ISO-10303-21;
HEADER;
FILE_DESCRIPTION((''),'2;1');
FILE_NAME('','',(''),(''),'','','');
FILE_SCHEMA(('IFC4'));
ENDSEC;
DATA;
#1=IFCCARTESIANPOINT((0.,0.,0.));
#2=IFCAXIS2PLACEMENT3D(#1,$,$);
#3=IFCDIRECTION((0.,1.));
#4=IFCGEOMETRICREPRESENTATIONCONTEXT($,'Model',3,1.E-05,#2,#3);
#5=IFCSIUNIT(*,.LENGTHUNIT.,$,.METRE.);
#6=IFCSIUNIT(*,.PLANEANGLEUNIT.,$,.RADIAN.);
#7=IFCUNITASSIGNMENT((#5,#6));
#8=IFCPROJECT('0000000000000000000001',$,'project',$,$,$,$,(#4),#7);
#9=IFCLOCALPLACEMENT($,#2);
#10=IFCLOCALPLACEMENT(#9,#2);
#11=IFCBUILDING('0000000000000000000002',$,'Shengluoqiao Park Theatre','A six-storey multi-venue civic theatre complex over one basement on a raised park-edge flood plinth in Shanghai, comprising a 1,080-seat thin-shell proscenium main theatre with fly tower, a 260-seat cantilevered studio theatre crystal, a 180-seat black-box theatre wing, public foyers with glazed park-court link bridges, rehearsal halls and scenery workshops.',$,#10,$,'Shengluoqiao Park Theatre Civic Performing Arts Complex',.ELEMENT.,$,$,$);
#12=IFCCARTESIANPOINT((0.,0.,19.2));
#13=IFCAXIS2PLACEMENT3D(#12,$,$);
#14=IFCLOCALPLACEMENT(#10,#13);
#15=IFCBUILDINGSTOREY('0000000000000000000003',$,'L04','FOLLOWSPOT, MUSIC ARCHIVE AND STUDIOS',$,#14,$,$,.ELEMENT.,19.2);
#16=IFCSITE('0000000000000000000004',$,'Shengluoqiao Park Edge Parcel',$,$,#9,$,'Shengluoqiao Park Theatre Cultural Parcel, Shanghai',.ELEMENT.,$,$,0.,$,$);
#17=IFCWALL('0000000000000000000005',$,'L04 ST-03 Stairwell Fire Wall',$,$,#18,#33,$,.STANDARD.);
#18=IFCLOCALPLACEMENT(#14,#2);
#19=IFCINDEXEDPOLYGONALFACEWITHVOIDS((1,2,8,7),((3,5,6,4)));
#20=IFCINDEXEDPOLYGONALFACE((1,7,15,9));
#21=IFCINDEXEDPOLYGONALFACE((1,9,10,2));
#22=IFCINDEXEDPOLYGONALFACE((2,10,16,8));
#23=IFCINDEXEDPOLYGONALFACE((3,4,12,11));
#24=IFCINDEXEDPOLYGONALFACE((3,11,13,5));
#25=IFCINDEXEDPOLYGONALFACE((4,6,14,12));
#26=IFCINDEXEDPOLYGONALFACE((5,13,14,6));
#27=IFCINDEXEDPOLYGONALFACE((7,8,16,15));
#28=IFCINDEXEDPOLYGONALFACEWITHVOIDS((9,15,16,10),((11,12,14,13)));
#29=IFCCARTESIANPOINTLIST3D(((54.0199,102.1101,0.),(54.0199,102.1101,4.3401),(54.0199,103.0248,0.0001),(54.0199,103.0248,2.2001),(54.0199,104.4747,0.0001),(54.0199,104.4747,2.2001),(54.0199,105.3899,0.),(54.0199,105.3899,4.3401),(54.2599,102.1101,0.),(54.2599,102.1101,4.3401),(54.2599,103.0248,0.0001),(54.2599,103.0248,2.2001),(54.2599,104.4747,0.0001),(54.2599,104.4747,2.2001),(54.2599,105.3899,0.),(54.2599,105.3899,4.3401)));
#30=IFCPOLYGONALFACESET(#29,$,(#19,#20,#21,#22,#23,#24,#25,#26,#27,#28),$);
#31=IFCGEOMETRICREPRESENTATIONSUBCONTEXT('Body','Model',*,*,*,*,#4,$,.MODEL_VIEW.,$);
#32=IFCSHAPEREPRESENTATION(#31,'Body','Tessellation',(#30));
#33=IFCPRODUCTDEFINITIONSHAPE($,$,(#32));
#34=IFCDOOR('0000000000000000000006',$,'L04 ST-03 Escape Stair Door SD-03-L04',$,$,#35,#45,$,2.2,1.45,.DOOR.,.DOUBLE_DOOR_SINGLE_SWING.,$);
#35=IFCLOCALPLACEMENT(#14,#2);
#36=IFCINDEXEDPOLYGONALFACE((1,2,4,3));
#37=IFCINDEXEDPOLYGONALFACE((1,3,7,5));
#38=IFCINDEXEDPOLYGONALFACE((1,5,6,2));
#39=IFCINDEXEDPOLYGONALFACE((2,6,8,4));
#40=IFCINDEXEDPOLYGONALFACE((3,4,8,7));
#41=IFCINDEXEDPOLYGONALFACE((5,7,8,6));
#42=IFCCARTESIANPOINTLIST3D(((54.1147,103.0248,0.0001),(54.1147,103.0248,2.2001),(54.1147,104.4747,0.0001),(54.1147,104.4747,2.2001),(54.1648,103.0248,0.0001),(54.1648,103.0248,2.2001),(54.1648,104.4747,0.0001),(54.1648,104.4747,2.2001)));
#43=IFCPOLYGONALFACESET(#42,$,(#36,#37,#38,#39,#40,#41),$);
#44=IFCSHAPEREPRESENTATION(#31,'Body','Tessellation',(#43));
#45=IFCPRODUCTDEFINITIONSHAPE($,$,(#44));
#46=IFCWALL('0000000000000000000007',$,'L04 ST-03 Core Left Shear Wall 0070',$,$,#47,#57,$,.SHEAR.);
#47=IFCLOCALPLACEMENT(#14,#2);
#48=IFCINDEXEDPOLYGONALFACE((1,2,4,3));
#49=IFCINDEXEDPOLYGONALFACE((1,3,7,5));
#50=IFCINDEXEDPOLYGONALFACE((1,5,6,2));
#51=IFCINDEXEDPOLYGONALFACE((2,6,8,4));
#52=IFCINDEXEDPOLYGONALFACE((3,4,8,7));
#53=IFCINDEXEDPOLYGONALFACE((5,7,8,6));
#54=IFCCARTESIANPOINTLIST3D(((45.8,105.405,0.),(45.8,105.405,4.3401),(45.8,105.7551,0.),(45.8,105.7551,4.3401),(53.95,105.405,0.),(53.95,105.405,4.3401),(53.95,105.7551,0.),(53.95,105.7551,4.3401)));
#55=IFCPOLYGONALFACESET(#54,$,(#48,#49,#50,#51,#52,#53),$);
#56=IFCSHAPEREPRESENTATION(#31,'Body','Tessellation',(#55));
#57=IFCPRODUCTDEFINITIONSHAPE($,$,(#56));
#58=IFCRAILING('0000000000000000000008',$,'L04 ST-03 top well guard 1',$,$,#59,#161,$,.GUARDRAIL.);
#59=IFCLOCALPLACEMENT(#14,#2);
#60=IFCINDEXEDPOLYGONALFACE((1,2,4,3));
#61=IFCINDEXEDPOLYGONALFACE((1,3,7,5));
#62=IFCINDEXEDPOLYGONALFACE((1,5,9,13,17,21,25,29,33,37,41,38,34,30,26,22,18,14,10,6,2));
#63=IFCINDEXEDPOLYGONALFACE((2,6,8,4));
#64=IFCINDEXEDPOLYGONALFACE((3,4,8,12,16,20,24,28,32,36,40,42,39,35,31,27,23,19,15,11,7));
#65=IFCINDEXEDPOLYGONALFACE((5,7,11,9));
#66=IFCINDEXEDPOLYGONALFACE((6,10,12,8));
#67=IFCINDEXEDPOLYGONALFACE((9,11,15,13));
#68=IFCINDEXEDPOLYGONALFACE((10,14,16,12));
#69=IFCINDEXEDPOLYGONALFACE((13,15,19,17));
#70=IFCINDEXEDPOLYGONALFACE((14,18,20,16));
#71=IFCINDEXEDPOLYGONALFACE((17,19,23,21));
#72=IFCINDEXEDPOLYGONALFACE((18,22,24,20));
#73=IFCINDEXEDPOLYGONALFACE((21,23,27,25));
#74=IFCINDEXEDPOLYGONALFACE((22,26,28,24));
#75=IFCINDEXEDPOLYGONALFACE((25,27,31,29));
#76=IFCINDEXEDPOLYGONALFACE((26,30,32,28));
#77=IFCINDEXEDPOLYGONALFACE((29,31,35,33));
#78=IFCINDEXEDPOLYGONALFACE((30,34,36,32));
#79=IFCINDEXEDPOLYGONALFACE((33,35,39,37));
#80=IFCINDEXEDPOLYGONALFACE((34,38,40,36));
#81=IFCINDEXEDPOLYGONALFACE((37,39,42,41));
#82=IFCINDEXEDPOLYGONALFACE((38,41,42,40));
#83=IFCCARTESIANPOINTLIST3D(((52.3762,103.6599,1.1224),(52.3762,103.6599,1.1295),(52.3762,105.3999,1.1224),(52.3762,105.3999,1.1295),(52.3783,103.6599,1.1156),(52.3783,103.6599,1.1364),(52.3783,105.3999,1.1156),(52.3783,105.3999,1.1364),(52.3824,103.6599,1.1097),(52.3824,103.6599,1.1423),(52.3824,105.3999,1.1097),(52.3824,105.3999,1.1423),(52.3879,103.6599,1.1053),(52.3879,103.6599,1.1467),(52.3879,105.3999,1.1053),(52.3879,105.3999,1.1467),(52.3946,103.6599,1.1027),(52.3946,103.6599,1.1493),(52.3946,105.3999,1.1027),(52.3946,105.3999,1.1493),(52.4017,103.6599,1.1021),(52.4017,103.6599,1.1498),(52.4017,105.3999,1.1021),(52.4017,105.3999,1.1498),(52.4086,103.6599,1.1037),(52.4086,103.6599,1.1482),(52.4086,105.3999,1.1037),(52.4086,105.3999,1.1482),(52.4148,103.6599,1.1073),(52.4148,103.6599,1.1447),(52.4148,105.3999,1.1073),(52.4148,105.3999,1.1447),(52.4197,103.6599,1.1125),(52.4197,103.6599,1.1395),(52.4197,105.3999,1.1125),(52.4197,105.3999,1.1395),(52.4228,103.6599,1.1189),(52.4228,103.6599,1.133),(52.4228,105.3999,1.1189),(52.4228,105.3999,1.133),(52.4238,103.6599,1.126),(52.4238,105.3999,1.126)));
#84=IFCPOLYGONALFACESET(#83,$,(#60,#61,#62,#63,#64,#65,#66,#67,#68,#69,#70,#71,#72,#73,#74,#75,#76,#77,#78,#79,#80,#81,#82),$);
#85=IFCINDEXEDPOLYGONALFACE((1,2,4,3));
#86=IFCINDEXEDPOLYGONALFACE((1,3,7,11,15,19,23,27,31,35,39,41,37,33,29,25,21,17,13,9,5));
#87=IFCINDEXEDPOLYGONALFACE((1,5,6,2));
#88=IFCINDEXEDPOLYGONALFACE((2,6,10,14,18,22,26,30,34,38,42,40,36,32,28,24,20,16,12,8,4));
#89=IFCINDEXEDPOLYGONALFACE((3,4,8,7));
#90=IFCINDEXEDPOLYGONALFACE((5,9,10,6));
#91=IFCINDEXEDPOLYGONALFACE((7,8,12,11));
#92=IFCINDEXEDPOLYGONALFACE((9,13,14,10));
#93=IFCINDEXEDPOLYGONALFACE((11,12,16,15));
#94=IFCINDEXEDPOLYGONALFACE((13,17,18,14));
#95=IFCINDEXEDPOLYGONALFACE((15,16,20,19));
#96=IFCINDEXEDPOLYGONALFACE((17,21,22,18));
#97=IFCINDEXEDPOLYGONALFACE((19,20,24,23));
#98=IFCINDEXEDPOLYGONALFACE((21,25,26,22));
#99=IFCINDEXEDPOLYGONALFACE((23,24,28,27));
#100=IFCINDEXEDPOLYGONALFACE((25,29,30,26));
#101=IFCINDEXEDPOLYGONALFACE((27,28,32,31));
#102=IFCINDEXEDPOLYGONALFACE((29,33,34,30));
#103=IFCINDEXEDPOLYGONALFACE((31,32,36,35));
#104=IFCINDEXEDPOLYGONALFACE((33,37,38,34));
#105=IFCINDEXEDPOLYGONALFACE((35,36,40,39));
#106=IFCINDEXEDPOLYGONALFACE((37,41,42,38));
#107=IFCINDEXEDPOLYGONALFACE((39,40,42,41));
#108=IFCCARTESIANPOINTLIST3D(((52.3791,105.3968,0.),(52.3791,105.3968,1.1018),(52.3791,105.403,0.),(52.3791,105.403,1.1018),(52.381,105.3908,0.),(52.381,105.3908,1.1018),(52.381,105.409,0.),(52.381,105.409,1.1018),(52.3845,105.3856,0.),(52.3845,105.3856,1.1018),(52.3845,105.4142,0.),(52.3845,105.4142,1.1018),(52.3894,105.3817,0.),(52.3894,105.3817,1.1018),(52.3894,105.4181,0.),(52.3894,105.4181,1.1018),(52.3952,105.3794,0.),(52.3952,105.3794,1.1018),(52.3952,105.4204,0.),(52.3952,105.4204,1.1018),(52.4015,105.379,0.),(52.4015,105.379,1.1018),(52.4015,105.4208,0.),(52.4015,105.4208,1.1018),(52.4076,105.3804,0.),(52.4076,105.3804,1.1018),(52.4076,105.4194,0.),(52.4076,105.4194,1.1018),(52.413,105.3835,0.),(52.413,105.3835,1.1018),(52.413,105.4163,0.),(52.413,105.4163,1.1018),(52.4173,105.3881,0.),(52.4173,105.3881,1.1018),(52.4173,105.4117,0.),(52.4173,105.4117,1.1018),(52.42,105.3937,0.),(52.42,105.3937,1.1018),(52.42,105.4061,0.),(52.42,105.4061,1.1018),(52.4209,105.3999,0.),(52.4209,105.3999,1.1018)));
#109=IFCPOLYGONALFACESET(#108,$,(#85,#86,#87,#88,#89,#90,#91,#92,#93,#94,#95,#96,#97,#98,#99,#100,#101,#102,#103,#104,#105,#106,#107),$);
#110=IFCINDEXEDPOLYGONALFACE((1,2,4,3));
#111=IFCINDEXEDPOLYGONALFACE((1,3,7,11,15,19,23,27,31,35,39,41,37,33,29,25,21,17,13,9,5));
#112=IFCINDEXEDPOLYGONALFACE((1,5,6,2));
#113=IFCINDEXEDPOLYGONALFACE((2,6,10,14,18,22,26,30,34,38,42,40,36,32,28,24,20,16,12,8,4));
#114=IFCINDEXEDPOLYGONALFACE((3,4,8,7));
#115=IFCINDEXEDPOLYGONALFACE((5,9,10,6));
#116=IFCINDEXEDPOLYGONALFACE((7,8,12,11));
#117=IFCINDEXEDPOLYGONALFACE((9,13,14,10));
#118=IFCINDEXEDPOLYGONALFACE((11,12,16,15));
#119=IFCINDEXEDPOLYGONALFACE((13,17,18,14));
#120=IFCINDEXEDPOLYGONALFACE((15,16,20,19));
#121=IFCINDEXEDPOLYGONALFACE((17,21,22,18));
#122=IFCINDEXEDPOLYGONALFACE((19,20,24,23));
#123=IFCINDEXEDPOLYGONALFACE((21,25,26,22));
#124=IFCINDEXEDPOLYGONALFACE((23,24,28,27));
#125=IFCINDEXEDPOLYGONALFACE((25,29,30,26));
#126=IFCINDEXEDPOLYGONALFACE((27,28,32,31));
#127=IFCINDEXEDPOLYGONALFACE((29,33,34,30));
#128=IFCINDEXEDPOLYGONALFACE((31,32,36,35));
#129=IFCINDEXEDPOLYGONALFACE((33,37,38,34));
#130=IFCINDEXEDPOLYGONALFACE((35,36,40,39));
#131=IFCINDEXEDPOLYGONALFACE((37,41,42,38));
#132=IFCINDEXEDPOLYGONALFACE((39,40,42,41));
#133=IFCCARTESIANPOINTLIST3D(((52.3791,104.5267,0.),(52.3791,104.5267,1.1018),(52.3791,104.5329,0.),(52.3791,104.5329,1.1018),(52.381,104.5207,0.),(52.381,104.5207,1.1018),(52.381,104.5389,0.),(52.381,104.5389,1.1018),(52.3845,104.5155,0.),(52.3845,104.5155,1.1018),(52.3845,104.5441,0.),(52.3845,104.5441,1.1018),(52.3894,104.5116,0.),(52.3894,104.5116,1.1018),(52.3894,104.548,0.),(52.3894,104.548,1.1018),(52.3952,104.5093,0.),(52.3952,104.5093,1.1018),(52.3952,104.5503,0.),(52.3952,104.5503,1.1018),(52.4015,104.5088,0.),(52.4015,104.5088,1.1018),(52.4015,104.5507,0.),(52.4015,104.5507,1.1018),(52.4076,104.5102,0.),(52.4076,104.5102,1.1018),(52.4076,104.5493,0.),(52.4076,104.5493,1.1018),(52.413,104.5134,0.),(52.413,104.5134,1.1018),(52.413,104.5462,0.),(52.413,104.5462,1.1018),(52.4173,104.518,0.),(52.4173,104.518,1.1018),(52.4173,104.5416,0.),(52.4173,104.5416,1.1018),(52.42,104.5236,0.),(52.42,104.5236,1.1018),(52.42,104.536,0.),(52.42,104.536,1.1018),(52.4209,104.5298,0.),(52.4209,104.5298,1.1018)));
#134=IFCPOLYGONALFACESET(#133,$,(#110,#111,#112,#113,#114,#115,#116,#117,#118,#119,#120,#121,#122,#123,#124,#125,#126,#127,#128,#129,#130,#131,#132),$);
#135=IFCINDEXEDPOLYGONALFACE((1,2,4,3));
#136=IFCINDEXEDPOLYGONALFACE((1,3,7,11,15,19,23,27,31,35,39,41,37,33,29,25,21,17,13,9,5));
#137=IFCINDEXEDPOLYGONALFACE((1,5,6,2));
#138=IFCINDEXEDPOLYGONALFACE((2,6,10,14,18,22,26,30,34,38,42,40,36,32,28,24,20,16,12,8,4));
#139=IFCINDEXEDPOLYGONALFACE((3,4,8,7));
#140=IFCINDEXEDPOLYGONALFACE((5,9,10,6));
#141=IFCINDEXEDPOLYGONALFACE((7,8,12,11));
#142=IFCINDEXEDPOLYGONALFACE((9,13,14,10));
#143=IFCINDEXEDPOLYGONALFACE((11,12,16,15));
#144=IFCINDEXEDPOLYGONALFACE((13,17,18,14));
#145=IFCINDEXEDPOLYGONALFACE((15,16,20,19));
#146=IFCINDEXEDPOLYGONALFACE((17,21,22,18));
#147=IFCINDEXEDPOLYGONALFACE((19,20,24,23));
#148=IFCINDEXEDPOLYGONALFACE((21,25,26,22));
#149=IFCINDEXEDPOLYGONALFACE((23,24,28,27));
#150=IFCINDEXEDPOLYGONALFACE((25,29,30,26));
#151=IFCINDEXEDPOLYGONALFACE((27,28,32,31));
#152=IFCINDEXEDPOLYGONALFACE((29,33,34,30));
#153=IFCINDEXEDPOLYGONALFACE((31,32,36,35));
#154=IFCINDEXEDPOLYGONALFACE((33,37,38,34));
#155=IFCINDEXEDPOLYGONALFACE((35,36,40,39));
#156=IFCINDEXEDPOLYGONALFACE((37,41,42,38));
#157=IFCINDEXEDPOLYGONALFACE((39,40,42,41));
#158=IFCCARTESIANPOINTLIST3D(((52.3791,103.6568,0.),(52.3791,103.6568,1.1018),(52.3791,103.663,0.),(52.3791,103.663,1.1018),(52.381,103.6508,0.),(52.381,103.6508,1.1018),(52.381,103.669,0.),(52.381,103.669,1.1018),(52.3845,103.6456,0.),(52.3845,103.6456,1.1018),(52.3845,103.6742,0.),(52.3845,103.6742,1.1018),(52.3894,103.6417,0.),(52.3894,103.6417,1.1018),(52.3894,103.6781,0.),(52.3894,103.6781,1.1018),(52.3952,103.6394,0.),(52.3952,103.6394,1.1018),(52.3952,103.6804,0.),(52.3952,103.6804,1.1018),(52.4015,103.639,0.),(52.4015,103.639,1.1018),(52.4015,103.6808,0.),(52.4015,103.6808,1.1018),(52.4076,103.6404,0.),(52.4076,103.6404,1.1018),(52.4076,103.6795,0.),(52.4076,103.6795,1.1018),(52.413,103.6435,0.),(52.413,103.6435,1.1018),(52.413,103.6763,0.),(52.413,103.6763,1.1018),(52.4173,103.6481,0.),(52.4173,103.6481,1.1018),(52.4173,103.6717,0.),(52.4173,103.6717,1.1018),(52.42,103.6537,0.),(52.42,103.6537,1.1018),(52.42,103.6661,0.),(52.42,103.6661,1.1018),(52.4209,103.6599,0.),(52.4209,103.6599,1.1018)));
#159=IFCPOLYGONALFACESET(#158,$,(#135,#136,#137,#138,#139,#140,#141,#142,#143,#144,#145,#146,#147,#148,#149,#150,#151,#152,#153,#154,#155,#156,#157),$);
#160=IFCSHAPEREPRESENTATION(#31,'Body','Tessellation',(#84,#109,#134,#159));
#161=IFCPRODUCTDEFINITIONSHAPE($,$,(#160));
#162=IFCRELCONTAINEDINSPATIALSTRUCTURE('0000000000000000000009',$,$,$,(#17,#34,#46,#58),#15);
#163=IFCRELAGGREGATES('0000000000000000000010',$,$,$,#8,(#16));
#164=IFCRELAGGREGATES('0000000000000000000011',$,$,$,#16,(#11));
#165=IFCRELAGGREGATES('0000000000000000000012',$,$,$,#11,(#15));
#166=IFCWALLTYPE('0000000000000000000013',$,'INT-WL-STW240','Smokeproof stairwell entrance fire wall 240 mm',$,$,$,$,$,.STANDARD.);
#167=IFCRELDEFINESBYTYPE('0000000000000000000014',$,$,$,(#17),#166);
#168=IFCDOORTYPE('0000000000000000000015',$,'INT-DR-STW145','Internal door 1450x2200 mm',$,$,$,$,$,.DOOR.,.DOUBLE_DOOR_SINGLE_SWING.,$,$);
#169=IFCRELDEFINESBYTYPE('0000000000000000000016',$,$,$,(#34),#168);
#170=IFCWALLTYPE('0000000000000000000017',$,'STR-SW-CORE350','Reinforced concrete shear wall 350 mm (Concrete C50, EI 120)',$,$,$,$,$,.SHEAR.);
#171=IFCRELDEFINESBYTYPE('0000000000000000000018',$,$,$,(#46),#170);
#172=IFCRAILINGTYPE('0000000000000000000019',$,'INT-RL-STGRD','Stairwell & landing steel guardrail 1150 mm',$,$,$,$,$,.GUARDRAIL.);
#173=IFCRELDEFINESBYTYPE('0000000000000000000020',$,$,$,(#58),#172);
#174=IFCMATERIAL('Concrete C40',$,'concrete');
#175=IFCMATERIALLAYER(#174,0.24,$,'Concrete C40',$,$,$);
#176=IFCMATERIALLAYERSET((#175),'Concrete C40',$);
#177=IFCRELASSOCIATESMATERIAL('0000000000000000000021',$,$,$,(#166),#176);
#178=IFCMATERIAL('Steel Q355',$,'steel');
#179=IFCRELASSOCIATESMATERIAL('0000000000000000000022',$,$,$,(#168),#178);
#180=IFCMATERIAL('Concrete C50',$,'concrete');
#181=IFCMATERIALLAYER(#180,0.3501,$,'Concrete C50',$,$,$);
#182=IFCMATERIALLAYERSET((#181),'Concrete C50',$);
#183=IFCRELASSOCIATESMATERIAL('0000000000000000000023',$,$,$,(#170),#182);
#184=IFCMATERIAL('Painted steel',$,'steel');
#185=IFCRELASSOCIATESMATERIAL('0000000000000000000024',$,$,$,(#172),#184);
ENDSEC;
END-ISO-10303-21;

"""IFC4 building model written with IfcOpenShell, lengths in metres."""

from ifc_helpers import new_model, si_unit, direction, frame, frame_2d, origin, origin_2d, place, context, subcontext, project, spatial, rectangle, circle, extrude, material, layer, layer_set, type_object, element, fill, save


model = new_model("IFC4")

# Units and contexts
model_context = context("Model", 3, precision=1e-05, world=origin(), true_north=direction((0.0, 1.0)))
body_context = subcontext(model_context, "Body", "Model", "MODEL_VIEW")
ifc_project = project(units=[si_unit("LENGTHUNIT", "METRE"), si_unit("PLANEANGLEUNIT", "RADIAN")], contexts=[model_context])

# Site, building, storey
site_placement = place(None, origin())
site = spatial("IfcSite", under=ifc_project, at=site_placement, Name="Shengluoqiao Park Edge Parcel", LongName="Shengluoqiao Park Theatre Cultural Parcel, Shanghai", CompositionType="ELEMENT", RefElevation=0.0)
building_placement = place(site_placement, origin())
building = spatial("IfcBuilding", under=site, at=building_placement, Name="Shengluoqiao Park Theatre", Description="A six-storey multi-venue civic theatre complex over one basement on a raised park-edge flood plinth in Shanghai, comprising a 1,080-seat thin-shell proscenium main theatre with fly tower, a 260-seat cantilevered studio theatre crystal, a 180-seat black-box theatre wing, public foyers with glazed park-court link bridges, rehearsal halls and scenery workshops.", LongName="Shengluoqiao Park Theatre Civic Performing Arts Complex", CompositionType="ELEMENT")
storey_placement = place(building_placement, frame((0.0, 0.0, 19.2)))
storey = spatial("IfcBuildingStorey", under=building, at=storey_placement, Name="L04", Description="FOLLOWSPOT, MUSIC ARCHIVE AND STUDIOS", CompositionType="ELEMENT", Elevation=19.2)

# Shared definitions
ifc_material_1 = material(Name="Concrete C50", Category="concrete")
ifc_material_2 = material(Name="Steel Q355", Category="steel")

# Wall, opening, door
ifc_material_3 = material(Name="Concrete C40", Category="concrete")
ifc_layer_1 = layer(ifc_material_3, 0.24, Name="Concrete C40")
ifc_layer_set_1 = layer_set([ifc_layer_1], Name="Concrete C40")
wall_type_1 = type_object("IfcWallType", Name="INT-WL-STW240", Description="Smokeproof stairwell entrance fire wall 240 mm", PredefinedType="STANDARD", material=ifc_layer_set_1)
wall_1_placement = place(storey_placement, frame((54.1399, 105.3899, 0.0), z_axis=(0.0, 0.0, 1.0), x_axis=(0.0, -1.0, 0.0)))
wall_1 = element("IfcWall", 1, at=wall_1_placement, inside=storey, type_object=wall_type_1, Name="L04 ST-03 Stairwell Fire Wall", PredefinedType="STANDARD", context=body_context, shape_type="SweptSolid", body=[
    extrude(rectangle(XDim=3.2798, YDim=0.24, at=frame_2d((1.6399, 0.0))), origin(), (0.0, 0.0, 1.0), 4.3401),
])
opening_1_placement = place(wall_1_placement, frame((0.915, 0.0, 0.0)))
opening_1 = element("IfcOpeningElement", 2, at=opening_1_placement, cuts=wall_1, PredefinedType="OPENING", context=body_context, shape_type="SweptSolid", body=[
    extrude(rectangle(XDim=1.45, YDim=2.2, at=frame_2d((0.7251, 1.1001))), frame((0.0, 0.1299, 0.0), z_axis=(0.0, -1.0, 0.0), x_axis=(1.0, 0.0, 0.0)), (0.0, 0.0, 1.0), 0.26),
])
door_type_1 = type_object("IfcDoorType", Name="INT-DR-STW145", Description="Internal door 1450x2200 mm", OperationType="DOUBLE_DOOR_SINGLE_SWING", PredefinedType="DOOR", material=ifc_material_2)
door_1_placement = place(opening_1_placement, origin())
door_1 = element("IfcDoor", 3, at=door_1_placement, inside=storey, type_object=door_type_1, Name="L04 ST-03 Escape Stair Door SD-03-L04", OperationType="DOUBLE_DOOR_SINGLE_SWING", OverallHeight=2.2, OverallWidth=1.45, PredefinedType="DOOR", context=body_context, shape_type="SweptSolid", body=[
    extrude(rectangle(XDim=1.45, YDim=2.2, at=frame_2d((0.7251, 1.1001))), frame((0.0, 0.0249, 0.0), z_axis=(0.0, -1.0, 0.0), x_axis=(1.0, 0.0, 0.0)), (0.0, 0.0, 1.0), 0.05),
])
fill(opening_1, door_1)

# Wall
ifc_layer_2 = layer(ifc_material_1, 0.3501, Name="Concrete C50")
ifc_layer_set_2 = layer_set([ifc_layer_2], Name="Concrete C50")
wall_type_2 = type_object("IfcWallType", Name="STR-SW-CORE350", Description="Reinforced concrete shear wall 350 mm (Concrete C50, EI 120)", PredefinedType="SHEAR", material=ifc_layer_set_2)
wall_2_placement = place(storey_placement, frame((53.95, 105.5801, 0.0), z_axis=(0.0, 0.0, 1.0), x_axis=(-1.0, 0.0, 0.0)))
element("IfcWall", 4, at=wall_2_placement, inside=storey, type_object=wall_type_2, Name="L04 ST-03 Core Left Shear Wall 0070", PredefinedType="SHEAR", context=body_context, shape_type="SweptSolid", body=[
    extrude(rectangle(XDim=8.1499, YDim=0.3501, at=frame_2d((4.075, 0.0))), origin(), (0.0, 0.0, 1.0), 4.3401),
])

# Railing
ifc_material_4 = material(Name="Painted steel", Category="steel")
railing_type = type_object("IfcRailingType", Name="INT-RL-STGRD", Description="Stairwell & landing steel guardrail 1150 mm", PredefinedType="GUARDRAIL", material=ifc_material_4)
railing_placement = place(storey_placement, frame((52.3999, 105.3999, 0.0)))
element("IfcRailing", 5, at=railing_placement, inside=storey, type_object=railing_type, Name="L04 ST-03 top well guard 1", PredefinedType="GUARDRAIL", context=body_context, shape_type="SweptSolid", body=[
    extrude(circle(Radius=0.0239, at=origin_2d()), frame((0.0, 0.0, 1.126), z_axis=(0.0, -1.0, 0.0), x_axis=(1.0, 0.0, 0.0)), (0.0, 0.0, 1.0), 1.74),
    extrude(circle(Radius=0.021, at=origin_2d()), origin(), (0.0, 0.0, 1.0), 1.1018),
    extrude(circle(Radius=0.021, at=origin_2d()), frame((0.0, -0.8701, 0.0)), (0.0, 0.0, 1.0), 1.1018),
    extrude(circle(Radius=0.021, at=origin_2d()), frame((0.0, -1.74, 0.0)), (0.0, 0.0, 1.0), 1.1018),
])

save(model, "model.ifc")
